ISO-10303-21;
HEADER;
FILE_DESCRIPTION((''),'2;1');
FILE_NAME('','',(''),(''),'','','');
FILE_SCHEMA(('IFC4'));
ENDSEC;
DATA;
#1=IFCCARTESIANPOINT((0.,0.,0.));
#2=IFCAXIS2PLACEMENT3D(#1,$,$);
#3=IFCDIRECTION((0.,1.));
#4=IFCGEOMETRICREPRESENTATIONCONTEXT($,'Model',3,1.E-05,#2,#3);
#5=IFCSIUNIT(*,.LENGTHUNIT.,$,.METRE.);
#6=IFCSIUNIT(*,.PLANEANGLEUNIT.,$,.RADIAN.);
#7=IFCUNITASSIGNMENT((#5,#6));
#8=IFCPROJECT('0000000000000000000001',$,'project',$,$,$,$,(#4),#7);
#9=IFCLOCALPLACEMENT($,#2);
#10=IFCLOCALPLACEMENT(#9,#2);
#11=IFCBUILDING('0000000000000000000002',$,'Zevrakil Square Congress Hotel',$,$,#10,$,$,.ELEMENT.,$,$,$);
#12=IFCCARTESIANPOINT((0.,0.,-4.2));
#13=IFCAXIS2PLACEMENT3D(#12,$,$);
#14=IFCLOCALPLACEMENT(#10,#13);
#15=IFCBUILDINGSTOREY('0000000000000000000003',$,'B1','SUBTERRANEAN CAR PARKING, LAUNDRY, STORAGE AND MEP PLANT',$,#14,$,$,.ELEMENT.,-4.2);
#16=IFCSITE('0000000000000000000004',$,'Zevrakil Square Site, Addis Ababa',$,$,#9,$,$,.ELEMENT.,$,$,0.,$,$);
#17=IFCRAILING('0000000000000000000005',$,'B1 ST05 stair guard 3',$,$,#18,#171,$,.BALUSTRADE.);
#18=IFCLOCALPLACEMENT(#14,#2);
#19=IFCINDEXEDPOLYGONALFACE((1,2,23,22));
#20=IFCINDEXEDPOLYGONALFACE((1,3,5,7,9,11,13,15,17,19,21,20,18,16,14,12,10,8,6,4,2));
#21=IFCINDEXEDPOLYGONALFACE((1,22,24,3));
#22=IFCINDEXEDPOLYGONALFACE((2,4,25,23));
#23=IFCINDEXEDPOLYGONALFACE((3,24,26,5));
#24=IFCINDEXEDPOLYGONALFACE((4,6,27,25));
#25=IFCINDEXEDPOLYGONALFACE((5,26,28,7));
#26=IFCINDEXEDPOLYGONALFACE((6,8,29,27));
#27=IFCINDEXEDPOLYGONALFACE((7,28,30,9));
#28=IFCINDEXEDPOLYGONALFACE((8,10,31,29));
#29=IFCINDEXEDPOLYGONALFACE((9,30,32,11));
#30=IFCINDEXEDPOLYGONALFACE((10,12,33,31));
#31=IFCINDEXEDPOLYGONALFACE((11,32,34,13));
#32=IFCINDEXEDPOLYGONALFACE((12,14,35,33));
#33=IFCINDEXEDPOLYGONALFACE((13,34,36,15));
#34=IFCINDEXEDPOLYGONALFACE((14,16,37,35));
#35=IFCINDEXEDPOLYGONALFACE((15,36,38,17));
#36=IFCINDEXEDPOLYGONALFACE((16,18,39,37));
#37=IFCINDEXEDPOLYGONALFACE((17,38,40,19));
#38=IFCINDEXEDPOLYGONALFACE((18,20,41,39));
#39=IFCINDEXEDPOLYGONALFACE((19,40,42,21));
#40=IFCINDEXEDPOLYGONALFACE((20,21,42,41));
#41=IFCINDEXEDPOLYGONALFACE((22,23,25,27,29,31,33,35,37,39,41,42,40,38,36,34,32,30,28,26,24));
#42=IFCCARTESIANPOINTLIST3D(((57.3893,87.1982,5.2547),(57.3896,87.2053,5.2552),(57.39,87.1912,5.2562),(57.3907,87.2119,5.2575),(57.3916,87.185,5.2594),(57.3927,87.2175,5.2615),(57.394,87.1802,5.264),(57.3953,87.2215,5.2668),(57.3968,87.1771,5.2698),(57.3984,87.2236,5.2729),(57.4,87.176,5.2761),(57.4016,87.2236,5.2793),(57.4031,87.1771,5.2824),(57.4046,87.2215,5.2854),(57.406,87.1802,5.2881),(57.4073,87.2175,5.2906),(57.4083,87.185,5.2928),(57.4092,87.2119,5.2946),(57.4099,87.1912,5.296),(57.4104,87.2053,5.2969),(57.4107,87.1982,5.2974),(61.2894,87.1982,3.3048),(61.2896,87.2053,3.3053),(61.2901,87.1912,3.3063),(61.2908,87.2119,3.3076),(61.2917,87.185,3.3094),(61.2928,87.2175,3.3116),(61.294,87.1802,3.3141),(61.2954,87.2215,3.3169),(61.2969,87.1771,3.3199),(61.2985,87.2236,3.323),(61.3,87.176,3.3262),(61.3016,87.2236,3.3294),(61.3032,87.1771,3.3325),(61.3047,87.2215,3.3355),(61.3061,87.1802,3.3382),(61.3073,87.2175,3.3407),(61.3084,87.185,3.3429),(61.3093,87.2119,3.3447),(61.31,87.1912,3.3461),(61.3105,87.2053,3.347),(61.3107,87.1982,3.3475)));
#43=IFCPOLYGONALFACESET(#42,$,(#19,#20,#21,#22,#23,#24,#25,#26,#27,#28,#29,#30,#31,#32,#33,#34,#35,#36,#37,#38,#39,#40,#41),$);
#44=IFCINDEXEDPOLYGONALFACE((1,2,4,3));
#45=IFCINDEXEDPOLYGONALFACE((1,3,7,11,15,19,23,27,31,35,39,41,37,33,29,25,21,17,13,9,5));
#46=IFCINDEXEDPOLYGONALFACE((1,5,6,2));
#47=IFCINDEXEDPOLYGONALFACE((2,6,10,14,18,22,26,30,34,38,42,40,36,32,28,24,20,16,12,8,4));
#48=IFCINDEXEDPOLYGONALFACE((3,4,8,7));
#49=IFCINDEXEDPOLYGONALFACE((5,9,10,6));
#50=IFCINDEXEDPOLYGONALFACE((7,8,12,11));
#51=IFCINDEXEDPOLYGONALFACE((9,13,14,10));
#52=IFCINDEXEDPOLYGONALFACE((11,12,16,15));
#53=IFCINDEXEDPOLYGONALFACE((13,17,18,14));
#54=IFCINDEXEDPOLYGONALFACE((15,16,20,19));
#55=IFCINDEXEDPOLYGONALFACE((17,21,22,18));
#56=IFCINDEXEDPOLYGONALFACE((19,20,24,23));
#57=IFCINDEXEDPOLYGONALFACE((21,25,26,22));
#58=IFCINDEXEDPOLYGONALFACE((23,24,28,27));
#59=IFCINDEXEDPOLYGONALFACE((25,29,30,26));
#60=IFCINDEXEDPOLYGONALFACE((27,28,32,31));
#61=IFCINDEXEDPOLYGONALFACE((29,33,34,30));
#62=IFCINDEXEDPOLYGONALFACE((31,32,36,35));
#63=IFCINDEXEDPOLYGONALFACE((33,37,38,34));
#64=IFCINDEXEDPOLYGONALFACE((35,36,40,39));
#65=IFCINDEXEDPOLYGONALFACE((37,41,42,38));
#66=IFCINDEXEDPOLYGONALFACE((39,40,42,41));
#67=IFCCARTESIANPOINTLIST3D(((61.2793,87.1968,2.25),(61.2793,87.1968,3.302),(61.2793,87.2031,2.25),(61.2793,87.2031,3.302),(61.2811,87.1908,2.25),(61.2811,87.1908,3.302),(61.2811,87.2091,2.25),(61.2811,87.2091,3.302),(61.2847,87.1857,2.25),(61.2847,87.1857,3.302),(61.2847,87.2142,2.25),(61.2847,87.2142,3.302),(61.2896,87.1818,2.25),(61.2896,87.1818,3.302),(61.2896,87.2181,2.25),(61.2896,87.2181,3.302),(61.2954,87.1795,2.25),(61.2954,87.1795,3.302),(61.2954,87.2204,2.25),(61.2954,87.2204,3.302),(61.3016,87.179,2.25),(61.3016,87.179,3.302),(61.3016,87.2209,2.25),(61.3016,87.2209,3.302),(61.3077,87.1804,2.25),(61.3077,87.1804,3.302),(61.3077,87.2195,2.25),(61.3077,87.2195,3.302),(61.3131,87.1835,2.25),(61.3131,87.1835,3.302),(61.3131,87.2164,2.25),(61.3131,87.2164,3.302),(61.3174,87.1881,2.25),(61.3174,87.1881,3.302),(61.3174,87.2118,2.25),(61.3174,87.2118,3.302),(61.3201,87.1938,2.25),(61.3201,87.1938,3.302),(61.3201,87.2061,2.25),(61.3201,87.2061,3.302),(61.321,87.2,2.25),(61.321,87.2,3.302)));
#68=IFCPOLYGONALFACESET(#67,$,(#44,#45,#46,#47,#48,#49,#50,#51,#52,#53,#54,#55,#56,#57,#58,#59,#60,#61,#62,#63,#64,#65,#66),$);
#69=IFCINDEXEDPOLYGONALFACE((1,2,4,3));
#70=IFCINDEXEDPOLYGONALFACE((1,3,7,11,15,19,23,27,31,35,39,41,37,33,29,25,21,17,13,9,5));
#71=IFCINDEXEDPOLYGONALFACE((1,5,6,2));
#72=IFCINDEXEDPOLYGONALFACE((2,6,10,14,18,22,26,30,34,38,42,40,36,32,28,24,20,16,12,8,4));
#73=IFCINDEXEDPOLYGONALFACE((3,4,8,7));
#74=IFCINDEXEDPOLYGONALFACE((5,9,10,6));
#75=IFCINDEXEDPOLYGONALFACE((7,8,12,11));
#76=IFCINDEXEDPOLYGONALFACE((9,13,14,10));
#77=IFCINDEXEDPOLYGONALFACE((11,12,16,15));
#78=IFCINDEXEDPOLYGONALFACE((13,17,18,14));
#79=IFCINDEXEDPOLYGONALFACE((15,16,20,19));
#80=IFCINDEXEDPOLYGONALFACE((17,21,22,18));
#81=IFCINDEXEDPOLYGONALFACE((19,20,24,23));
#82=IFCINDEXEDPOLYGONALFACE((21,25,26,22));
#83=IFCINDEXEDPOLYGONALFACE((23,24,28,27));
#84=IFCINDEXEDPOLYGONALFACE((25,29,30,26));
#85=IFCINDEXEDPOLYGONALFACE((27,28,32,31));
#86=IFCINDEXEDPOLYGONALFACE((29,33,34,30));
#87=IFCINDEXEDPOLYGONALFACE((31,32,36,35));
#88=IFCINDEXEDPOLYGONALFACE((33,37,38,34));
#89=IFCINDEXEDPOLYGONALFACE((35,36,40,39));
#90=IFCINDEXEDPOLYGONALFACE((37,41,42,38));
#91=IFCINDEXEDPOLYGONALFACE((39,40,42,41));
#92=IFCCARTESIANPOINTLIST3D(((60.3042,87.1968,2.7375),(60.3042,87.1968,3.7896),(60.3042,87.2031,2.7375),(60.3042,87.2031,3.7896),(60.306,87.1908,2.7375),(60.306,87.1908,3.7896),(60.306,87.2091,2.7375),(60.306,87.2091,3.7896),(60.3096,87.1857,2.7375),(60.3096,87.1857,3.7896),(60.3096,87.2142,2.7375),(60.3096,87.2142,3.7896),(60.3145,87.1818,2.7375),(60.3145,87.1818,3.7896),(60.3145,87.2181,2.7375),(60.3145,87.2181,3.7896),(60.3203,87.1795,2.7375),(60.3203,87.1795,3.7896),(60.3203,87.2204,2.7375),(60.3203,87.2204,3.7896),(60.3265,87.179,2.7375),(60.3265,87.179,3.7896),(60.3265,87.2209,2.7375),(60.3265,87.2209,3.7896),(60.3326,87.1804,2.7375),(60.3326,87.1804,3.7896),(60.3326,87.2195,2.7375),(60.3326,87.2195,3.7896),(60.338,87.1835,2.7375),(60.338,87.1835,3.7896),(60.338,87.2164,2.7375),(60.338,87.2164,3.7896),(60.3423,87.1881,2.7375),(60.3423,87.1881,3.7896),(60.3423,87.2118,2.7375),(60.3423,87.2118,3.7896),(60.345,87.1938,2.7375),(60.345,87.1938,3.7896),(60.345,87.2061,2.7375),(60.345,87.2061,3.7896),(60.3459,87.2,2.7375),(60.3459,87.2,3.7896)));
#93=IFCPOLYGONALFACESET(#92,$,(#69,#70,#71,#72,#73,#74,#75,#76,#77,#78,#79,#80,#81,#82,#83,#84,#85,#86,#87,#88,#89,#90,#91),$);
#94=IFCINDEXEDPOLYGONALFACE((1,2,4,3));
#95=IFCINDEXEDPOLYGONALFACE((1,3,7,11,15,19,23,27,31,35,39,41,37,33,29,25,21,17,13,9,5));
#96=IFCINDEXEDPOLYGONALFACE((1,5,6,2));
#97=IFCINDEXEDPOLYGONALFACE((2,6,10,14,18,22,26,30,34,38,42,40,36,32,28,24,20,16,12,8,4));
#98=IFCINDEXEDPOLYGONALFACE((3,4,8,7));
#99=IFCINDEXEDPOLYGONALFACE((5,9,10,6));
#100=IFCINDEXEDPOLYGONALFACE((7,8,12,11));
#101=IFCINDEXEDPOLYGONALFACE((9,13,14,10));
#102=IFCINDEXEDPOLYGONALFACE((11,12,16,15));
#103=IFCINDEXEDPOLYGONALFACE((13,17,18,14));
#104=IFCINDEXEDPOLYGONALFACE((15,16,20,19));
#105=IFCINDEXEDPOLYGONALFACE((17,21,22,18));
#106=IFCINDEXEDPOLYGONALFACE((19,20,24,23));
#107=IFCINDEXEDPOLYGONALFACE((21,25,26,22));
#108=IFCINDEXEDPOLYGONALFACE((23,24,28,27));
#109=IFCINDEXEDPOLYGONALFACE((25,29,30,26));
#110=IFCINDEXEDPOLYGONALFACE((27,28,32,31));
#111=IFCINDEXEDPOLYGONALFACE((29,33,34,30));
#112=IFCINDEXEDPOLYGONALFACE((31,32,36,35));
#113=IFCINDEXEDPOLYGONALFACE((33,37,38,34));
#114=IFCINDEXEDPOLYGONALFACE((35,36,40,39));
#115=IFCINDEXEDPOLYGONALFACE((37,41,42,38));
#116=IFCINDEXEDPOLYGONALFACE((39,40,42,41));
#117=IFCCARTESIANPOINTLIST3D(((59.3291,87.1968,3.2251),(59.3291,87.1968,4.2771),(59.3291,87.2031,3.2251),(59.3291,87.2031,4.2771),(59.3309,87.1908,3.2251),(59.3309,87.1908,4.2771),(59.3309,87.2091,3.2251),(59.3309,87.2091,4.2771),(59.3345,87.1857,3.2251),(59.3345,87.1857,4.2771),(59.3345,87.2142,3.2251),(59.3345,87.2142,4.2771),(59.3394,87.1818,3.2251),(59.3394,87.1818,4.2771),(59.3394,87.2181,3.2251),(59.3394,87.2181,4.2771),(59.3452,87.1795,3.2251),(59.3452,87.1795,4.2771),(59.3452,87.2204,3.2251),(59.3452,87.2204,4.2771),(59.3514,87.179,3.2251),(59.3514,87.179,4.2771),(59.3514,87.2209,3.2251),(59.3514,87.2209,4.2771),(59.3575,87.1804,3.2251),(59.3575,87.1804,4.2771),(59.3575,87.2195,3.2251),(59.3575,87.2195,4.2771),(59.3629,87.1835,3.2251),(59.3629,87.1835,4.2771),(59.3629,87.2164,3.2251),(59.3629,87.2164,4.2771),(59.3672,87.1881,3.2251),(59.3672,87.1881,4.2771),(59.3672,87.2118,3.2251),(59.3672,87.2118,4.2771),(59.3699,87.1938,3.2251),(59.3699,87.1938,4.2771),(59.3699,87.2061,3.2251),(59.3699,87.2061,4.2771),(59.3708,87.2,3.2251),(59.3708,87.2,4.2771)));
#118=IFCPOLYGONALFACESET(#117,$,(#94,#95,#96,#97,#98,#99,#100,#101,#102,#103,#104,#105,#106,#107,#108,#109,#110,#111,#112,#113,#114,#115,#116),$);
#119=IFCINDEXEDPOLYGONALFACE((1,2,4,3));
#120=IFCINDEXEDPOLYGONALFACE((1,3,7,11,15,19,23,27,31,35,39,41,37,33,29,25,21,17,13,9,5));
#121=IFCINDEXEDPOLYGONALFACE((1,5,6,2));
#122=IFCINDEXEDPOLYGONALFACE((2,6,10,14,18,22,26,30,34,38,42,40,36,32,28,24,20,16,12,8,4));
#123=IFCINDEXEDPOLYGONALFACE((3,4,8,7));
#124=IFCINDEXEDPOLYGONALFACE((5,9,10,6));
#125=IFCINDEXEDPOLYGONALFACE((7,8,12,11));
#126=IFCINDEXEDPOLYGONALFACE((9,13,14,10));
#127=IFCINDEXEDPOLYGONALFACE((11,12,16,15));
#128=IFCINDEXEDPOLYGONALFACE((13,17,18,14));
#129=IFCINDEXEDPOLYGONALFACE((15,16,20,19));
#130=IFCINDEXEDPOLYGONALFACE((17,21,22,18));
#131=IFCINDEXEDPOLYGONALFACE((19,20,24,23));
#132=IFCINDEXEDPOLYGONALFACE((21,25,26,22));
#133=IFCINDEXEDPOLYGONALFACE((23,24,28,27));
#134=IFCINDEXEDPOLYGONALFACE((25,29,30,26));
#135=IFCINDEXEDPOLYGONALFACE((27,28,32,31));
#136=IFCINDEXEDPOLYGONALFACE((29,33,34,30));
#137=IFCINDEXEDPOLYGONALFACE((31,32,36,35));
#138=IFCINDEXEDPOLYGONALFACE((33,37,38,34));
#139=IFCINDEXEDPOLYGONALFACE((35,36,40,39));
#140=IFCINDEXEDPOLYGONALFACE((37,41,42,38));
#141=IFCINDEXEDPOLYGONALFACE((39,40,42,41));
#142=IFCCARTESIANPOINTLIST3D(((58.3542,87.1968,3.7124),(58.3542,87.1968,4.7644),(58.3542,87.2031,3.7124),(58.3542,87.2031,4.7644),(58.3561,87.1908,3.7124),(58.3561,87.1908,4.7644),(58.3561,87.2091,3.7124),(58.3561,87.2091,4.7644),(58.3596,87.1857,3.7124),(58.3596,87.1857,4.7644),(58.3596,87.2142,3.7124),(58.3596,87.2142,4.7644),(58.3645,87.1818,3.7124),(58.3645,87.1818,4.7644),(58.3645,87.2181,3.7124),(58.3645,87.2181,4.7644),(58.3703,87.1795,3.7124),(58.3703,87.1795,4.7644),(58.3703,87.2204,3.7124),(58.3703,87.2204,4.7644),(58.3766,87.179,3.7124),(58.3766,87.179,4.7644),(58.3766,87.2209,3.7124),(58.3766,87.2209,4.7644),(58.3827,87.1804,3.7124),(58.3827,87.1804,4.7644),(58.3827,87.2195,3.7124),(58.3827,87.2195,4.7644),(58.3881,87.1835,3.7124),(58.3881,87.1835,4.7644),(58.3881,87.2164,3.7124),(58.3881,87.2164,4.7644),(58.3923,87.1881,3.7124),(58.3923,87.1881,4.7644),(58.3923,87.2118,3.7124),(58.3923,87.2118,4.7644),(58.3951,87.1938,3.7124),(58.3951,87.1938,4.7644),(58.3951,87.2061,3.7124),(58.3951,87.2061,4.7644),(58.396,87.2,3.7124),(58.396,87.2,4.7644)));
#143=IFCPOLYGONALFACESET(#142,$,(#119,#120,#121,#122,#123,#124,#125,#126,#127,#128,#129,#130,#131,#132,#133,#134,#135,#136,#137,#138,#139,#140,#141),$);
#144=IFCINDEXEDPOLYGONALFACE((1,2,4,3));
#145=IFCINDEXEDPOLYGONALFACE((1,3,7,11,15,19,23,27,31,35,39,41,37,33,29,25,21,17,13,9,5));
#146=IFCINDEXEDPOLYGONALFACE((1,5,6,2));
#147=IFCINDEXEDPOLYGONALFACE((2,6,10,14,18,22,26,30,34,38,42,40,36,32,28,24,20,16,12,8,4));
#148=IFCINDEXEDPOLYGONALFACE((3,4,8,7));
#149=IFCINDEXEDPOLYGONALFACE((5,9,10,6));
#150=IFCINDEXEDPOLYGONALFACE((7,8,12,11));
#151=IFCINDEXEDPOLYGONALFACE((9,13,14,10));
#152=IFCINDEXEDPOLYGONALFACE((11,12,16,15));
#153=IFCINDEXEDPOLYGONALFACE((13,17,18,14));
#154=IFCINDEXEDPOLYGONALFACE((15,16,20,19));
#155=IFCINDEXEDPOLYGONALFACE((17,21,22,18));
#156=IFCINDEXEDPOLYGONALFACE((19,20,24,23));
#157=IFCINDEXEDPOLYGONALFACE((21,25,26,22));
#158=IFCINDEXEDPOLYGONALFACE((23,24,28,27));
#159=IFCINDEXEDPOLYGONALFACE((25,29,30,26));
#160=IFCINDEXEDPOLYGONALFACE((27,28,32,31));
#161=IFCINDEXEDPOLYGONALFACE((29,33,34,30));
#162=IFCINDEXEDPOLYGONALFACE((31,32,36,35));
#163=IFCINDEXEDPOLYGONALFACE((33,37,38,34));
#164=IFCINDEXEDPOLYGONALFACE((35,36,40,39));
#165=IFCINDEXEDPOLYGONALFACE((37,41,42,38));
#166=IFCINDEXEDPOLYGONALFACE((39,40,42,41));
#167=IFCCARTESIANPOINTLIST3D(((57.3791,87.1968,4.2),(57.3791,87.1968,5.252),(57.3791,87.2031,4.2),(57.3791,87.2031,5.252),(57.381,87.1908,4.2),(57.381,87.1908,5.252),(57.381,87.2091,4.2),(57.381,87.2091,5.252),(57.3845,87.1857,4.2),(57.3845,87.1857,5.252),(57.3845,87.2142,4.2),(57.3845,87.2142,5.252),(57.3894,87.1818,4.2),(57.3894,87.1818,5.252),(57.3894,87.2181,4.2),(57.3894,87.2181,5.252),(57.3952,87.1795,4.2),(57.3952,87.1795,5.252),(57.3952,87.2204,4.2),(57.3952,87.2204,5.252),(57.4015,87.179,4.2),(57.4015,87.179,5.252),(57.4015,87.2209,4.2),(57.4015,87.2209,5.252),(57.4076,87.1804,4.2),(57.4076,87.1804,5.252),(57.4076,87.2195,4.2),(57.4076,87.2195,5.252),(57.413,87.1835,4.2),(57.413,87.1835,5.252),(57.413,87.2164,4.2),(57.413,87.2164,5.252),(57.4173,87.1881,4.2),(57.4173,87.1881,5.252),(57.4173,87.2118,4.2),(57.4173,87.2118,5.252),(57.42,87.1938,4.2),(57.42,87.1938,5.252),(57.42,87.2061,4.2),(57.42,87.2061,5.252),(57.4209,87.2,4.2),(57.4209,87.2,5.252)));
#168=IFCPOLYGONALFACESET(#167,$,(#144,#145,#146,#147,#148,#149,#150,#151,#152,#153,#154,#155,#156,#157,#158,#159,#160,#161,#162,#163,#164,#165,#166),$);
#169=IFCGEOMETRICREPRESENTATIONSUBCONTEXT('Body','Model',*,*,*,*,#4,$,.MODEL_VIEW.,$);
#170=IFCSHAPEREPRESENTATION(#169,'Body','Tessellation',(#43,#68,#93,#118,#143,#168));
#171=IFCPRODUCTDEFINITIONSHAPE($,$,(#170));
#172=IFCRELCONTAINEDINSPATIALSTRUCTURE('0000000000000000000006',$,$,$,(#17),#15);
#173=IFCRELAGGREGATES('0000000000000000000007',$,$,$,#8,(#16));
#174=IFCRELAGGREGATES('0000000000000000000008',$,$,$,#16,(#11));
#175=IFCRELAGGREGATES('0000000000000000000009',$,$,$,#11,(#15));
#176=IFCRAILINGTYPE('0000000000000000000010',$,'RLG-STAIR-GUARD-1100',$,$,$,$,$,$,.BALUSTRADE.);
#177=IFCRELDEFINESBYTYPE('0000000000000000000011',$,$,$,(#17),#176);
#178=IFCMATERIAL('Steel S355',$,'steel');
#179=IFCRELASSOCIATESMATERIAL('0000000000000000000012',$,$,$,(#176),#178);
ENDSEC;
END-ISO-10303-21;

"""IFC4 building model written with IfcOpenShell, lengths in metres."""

from ifc_helpers import new_model, si_unit, direction, frame, origin, origin_2d, place, context, subcontext, project, spatial, circle, extrude, material, type_object, element, save


model = new_model("IFC4")

# Units and contexts
model_context = context("Model", 3, precision=1e-05, world=origin(), true_north=direction((0.0, 1.0)))
body_context = subcontext(model_context, "Body", "Model", "MODEL_VIEW")
ifc_project = project(units=[si_unit("LENGTHUNIT", "METRE"), si_unit("PLANEANGLEUNIT", "RADIAN")], contexts=[model_context])

# Site, building, storey
site_placement = place(None, origin())
site = spatial("IfcSite", under=ifc_project, at=site_placement, Name="Zevrakil Square Site, Addis Ababa", CompositionType="ELEMENT", RefElevation=0.0)
building_placement = place(site_placement, origin())
building = spatial("IfcBuilding", under=site, at=building_placement, Name="Zevrakil Square Congress Hotel", CompositionType="ELEMENT")
storey_placement = place(building_placement, frame((0.0, 0.0, -4.2)))
storey = spatial("IfcBuildingStorey", under=building, at=storey_placement, Name="B1", Description="SUBTERRANEAN CAR PARKING, LAUNDRY, STORAGE AND MEP PLANT", CompositionType="ELEMENT", Elevation=-4.2)

# Railing
ifc_material_1 = material(Name="Steel S355", Category="steel")
railing_type_1 = type_object("IfcRailingType", Name="RLG-STAIR-GUARD-1100", PredefinedType="BALUSTRADE", material=ifc_material_1)
railing_1_placement = place(storey_placement, frame((61.3, 87.2, 2.25)))
element("IfcRailing", 1, at=railing_1_placement, inside=storey, type_object=railing_type_1, Name="B1 ST05 stair guard 3", PredefinedType="BALUSTRADE", context=body_context, shape_type="SweptSolid", body=[
    extrude(circle(Radius=0.0239, at=origin_2d()), frame((0.0, 0.0, 1.0762), z_axis=(-0.894438, 0.0, 0.447191), x_axis=(0.0, -1.0, 0.0)), (0.0, 0.0, 1.0), 4.3604),
    extrude(circle(Radius=0.021, at=origin_2d()), origin(), (0.0, 0.0, 1.0), 1.052),
    extrude(circle(Radius=0.021, at=origin_2d()), frame((-0.9751, 0.0, 0.4875)), (0.0, 0.0, 1.0), 1.052),
    extrude(circle(Radius=0.021, at=origin_2d()), frame((-1.9502, 0.0, 0.9751)), (0.0, 0.0, 1.0), 1.052),
    extrude(circle(Radius=0.021, at=origin_2d()), frame((-2.925, 0.0, 1.4624)), (0.0, 0.0, 1.0), 1.052),
    extrude(circle(Radius=0.021, at=origin_2d()), frame((-3.9001, 0.0, 1.95)), (0.0, 0.0, 1.0), 1.052),
])

save(model, "model.ifc")
